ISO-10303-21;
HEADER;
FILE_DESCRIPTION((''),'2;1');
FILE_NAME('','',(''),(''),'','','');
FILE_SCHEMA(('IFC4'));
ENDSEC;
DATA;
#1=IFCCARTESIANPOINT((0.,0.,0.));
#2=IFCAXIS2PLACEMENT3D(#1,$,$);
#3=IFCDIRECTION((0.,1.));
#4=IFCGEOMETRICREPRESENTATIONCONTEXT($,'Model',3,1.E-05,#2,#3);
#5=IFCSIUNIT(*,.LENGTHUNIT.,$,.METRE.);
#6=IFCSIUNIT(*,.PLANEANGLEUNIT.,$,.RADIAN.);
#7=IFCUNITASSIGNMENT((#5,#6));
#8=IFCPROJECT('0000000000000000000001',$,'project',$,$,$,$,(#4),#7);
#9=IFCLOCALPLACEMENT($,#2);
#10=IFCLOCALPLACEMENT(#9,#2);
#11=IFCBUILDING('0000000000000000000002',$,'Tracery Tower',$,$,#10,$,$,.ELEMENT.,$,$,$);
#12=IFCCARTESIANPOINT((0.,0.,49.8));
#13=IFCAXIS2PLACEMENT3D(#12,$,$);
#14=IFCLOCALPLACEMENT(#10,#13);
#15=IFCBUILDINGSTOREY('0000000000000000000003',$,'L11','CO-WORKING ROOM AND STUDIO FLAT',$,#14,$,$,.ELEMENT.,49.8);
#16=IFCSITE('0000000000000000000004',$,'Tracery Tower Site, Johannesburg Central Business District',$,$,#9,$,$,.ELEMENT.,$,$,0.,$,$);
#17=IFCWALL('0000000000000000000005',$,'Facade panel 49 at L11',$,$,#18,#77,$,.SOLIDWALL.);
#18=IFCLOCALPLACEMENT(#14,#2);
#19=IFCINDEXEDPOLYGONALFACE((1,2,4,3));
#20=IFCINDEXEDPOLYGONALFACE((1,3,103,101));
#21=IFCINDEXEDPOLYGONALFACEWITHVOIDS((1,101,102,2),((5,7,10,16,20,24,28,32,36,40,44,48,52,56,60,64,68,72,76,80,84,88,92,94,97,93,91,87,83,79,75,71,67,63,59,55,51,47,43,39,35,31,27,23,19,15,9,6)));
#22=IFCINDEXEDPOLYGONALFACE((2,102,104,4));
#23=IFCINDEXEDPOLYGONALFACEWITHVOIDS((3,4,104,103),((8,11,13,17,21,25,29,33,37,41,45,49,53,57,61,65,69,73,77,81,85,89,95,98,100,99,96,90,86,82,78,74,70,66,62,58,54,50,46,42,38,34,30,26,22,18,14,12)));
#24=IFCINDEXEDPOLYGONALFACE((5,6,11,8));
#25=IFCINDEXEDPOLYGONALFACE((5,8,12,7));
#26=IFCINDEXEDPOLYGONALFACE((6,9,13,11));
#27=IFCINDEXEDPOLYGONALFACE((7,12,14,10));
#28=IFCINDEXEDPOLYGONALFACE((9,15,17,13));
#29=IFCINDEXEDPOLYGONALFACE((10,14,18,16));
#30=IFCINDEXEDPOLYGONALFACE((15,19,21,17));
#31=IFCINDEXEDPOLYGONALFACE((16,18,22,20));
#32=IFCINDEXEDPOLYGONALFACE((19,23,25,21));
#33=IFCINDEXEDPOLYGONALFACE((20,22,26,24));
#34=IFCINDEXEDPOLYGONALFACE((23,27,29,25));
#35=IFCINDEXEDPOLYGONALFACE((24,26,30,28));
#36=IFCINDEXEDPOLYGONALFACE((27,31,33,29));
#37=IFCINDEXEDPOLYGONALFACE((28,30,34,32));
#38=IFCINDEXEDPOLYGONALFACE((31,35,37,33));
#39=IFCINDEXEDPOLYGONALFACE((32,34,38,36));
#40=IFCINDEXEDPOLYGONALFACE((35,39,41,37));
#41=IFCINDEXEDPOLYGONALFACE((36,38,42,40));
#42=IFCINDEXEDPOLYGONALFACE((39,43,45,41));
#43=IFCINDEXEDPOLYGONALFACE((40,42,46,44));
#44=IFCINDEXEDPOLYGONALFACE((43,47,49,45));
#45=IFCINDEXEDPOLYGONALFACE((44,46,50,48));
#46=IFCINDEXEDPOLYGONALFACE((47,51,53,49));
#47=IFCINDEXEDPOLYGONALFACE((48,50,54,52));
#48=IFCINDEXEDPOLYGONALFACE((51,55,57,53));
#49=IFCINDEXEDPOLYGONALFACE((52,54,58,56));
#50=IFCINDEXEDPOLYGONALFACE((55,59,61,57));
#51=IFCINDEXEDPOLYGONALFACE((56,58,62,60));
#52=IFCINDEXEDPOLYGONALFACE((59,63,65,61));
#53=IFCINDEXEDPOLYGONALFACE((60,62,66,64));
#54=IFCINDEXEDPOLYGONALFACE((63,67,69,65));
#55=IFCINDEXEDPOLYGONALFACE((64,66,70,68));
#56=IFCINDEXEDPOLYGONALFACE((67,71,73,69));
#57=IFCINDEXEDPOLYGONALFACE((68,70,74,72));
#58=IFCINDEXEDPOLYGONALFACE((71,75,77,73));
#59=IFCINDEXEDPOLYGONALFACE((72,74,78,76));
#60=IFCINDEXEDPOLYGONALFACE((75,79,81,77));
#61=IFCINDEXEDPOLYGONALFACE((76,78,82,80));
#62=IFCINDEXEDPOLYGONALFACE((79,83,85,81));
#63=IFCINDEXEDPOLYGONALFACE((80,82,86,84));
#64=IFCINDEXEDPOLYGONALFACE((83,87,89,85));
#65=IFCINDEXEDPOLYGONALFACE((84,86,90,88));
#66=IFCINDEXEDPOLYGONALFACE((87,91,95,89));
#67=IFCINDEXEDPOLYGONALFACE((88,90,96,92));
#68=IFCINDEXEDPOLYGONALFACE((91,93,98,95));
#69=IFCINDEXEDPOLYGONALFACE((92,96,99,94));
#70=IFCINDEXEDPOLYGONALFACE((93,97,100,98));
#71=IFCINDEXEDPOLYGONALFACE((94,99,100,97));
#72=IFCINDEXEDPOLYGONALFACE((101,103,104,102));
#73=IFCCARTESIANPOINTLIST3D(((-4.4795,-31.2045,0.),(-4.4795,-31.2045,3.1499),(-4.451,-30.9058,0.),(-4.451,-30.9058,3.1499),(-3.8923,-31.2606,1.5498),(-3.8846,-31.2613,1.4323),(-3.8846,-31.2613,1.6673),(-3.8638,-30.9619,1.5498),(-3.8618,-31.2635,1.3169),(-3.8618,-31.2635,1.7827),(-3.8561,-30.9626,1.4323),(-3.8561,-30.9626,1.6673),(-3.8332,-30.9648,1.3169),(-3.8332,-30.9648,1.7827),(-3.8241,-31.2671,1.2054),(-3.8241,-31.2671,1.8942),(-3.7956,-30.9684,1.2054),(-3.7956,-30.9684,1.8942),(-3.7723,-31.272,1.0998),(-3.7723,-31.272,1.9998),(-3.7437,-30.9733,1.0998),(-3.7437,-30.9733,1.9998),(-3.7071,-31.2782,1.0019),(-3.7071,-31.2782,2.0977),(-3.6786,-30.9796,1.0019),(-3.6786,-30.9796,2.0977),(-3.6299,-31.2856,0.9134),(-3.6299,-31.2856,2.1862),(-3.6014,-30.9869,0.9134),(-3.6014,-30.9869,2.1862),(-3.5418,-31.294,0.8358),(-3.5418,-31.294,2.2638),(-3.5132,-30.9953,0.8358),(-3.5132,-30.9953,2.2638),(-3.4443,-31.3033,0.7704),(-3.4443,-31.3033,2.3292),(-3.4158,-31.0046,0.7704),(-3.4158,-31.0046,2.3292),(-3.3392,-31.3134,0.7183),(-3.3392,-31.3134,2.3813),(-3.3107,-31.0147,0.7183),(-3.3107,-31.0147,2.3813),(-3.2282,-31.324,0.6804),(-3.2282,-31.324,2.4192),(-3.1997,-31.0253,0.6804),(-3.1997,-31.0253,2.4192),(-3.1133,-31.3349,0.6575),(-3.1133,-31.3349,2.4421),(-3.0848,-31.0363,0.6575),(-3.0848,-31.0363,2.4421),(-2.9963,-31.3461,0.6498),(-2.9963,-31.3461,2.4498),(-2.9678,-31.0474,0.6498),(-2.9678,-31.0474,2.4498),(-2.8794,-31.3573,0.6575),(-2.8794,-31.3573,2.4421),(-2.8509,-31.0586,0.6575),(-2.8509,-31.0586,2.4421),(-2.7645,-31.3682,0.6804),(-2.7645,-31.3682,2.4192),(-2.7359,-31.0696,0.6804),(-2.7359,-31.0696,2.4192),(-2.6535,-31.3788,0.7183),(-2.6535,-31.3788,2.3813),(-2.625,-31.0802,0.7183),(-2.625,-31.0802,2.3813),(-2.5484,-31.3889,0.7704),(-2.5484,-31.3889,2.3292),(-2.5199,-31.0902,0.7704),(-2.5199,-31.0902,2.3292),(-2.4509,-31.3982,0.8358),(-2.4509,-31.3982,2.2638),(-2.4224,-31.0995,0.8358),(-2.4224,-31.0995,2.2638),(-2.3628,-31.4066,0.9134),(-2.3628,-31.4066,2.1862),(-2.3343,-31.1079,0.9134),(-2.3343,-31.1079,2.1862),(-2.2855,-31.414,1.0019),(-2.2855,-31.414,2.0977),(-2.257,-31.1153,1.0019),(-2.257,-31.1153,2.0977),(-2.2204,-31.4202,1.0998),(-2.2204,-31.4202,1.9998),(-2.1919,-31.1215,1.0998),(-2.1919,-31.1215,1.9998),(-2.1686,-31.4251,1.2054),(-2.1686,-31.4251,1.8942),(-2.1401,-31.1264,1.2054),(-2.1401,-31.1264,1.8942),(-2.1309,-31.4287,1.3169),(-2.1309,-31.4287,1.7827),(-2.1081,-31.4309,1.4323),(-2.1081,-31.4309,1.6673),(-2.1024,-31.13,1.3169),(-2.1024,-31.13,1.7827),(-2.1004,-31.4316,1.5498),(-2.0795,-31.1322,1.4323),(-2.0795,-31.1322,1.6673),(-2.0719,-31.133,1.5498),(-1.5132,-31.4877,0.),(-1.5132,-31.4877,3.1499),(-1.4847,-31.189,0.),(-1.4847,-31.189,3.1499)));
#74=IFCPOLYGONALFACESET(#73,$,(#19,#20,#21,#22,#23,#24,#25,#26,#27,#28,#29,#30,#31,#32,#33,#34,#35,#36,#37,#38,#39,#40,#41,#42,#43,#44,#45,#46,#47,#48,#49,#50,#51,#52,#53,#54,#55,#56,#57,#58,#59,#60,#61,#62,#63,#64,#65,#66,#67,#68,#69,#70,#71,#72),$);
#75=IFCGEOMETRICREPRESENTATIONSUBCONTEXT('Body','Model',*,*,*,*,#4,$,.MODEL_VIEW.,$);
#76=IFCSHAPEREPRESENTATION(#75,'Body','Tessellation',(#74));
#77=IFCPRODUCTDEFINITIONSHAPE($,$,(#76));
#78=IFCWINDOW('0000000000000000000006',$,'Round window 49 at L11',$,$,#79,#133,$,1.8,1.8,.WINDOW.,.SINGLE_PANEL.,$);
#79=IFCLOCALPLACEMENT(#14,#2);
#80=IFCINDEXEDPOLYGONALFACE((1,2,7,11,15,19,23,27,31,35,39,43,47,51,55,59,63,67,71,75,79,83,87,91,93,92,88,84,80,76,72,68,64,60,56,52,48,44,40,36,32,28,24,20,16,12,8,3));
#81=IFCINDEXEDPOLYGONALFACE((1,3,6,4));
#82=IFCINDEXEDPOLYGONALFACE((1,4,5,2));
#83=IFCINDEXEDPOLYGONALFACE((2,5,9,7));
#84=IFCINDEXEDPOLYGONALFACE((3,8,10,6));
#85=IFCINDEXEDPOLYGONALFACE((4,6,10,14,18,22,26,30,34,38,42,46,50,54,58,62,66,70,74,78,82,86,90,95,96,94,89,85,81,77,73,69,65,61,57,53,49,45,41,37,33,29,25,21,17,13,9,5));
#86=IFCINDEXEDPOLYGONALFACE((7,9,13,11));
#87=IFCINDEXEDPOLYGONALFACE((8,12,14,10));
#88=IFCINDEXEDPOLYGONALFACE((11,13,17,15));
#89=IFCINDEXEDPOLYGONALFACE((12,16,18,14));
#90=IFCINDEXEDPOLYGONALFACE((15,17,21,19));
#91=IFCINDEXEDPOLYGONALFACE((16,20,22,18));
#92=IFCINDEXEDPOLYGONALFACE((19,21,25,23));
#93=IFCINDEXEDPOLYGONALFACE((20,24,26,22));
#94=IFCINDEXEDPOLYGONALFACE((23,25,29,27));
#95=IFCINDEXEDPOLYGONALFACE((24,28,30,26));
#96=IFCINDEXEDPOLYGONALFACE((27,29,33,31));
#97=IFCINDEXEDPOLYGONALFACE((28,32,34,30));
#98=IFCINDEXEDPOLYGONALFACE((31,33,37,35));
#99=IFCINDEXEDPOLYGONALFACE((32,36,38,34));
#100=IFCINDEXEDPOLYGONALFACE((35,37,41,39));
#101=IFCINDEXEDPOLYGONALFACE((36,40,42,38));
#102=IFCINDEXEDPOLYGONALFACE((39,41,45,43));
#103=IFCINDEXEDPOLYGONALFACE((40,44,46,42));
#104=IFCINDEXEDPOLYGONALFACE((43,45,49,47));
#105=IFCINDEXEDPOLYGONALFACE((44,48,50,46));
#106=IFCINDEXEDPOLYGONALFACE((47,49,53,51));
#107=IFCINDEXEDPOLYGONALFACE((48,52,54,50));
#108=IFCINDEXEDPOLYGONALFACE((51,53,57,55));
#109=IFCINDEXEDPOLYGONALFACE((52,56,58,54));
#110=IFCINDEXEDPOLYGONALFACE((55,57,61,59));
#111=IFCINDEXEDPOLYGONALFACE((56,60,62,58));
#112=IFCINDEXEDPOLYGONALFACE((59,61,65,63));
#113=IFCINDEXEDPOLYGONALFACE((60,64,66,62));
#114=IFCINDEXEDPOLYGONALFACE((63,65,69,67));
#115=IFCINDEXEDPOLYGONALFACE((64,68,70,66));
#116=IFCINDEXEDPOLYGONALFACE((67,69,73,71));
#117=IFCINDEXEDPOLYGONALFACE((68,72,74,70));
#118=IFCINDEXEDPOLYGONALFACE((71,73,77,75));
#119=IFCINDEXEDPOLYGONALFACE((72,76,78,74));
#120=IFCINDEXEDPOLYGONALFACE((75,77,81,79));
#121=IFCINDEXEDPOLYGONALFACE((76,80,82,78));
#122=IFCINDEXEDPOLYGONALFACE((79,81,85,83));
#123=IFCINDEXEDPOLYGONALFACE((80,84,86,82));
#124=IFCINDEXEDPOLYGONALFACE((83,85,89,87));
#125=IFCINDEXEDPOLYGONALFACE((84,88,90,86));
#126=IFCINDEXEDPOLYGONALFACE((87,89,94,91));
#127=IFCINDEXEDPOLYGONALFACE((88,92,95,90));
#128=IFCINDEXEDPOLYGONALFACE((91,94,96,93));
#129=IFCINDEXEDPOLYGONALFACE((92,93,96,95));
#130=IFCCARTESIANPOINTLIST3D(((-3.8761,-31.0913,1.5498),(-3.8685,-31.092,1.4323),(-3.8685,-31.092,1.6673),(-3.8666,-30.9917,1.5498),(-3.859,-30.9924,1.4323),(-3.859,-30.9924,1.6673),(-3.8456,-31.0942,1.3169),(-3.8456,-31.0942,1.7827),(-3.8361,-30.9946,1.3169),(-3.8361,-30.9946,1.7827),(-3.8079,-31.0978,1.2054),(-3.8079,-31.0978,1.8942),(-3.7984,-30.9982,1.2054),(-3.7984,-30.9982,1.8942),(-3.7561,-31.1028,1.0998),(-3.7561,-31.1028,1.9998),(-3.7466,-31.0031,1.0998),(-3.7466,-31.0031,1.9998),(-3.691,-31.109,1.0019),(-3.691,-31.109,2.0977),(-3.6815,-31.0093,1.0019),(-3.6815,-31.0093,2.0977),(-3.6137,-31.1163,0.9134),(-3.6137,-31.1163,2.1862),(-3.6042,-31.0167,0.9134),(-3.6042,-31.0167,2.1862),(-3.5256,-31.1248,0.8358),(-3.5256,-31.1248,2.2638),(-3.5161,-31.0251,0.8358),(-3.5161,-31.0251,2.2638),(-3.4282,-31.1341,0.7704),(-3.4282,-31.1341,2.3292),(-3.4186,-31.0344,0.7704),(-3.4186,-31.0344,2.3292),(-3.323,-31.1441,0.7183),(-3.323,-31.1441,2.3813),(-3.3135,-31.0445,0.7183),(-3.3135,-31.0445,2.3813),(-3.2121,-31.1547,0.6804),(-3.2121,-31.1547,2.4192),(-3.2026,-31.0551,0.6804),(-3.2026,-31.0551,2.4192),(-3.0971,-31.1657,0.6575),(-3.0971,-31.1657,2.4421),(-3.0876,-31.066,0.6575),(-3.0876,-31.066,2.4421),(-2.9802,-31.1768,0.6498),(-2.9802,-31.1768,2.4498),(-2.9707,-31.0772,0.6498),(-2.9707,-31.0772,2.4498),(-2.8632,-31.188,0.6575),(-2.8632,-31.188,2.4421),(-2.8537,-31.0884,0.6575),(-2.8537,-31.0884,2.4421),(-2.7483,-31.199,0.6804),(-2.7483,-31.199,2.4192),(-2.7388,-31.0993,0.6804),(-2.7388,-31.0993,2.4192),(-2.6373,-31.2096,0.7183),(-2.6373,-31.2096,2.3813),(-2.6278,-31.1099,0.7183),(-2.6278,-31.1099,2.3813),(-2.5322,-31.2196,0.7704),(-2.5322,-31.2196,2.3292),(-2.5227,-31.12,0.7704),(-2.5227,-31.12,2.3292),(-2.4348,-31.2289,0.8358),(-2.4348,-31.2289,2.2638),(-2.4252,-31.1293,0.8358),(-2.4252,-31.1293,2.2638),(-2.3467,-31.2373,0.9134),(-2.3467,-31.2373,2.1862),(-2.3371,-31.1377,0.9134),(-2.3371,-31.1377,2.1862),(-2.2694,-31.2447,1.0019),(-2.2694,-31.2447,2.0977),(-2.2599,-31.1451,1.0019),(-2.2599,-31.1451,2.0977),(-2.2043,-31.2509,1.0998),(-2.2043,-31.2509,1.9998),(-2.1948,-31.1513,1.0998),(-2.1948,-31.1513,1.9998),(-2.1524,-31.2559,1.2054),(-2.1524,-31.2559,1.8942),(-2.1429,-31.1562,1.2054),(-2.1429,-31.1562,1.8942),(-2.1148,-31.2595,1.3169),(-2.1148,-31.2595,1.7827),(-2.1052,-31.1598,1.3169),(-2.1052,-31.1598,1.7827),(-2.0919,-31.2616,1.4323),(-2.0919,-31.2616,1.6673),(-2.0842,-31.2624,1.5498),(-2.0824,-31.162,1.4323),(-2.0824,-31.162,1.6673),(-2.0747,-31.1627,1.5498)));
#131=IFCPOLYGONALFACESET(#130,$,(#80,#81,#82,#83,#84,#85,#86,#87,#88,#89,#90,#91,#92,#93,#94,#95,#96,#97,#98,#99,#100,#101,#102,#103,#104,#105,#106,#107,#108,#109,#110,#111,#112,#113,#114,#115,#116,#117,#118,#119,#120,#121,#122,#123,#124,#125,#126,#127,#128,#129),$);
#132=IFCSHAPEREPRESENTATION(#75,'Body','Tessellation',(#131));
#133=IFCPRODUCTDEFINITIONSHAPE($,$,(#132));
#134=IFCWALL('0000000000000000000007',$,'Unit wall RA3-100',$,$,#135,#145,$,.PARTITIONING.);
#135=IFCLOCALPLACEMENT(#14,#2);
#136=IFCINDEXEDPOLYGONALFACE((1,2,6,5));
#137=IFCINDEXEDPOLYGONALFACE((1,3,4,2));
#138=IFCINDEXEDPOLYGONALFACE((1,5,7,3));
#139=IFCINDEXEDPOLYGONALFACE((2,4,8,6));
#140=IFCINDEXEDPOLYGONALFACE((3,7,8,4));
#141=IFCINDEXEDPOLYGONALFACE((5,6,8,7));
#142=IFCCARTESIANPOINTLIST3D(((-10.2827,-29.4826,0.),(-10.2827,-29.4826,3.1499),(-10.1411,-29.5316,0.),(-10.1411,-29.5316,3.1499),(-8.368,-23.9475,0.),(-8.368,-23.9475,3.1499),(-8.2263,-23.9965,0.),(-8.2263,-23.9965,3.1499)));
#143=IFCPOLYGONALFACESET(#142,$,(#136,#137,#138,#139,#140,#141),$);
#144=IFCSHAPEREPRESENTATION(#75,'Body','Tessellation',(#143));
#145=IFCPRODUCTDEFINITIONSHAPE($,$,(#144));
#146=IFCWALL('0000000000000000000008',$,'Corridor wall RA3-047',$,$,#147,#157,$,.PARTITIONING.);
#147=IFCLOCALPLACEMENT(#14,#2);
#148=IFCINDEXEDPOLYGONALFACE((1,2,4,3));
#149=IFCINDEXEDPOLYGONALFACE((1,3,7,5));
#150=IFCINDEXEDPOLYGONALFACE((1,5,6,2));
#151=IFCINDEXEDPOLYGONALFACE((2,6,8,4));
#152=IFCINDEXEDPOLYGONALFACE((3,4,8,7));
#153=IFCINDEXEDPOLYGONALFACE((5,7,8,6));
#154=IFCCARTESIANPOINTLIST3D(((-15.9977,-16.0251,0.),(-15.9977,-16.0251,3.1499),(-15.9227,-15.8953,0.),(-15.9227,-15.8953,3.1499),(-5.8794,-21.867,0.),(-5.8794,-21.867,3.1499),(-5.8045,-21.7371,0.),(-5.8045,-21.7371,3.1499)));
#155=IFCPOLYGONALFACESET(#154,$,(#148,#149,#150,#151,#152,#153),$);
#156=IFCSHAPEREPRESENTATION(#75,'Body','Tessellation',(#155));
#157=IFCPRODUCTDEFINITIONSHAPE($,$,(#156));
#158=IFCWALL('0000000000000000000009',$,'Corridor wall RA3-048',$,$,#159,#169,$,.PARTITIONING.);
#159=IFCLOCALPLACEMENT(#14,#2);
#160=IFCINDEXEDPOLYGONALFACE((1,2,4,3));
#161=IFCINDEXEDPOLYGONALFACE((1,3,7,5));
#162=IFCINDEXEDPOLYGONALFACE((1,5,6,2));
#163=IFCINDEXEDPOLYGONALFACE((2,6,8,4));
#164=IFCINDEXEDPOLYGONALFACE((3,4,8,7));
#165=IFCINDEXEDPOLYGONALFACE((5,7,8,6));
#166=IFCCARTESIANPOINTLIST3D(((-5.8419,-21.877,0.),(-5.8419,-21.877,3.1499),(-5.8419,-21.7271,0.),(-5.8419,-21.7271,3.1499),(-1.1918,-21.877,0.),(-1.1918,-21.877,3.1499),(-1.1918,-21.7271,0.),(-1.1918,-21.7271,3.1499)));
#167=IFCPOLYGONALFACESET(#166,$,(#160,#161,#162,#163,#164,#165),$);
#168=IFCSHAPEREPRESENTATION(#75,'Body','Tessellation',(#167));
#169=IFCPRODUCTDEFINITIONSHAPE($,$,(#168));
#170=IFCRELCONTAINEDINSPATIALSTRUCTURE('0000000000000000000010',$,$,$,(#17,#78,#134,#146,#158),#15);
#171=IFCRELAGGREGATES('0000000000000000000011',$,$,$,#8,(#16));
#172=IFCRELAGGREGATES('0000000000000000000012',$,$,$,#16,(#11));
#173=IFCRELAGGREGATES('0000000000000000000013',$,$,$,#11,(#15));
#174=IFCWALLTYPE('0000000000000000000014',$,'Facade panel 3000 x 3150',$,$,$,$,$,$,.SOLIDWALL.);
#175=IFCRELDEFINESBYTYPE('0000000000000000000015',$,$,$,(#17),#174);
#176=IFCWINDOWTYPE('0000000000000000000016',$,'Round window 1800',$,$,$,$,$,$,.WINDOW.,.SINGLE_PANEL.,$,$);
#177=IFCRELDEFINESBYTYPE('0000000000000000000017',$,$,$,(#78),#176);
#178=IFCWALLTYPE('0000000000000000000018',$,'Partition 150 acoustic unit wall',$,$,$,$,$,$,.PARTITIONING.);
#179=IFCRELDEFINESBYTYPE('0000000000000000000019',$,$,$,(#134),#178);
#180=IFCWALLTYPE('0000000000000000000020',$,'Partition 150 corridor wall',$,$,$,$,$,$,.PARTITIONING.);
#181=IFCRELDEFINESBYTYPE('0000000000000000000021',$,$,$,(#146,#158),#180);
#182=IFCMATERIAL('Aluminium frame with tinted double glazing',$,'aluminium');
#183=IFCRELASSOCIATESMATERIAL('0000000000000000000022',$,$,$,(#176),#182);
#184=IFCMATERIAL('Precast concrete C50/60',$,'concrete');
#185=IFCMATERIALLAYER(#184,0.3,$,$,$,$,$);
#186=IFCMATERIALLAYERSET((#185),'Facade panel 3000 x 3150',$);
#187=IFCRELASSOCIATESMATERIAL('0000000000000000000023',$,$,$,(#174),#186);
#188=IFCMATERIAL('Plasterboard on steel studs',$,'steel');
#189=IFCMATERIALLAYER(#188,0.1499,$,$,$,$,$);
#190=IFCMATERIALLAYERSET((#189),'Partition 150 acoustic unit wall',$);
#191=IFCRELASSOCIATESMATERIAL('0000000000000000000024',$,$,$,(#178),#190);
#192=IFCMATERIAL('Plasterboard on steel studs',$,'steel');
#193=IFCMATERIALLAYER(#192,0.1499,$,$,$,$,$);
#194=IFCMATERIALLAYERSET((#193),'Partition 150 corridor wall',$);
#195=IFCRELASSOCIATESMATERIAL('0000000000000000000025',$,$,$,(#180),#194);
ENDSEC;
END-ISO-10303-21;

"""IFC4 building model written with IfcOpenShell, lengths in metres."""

from ifc_helpers import new_model, si_unit, direction, frame, frame_2d, origin, origin_2d, place, context, subcontext, project, spatial, rectangle, circle, extrude, material, layer, layer_set, type_object, element, fill, save


model = new_model("IFC4")

# Units and contexts
model_context = context("Model", 3, precision=1e-05, world=origin(), true_north=direction((0.0, 1.0)))
body_context = subcontext(model_context, "Body", "Model", "MODEL_VIEW")
ifc_project = project(units=[si_unit("LENGTHUNIT", "METRE"), si_unit("PLANEANGLEUNIT", "RADIAN")], contexts=[model_context])

# Site, building, storey
site_placement = place(None, origin())
site = spatial("IfcSite", under=ifc_project, at=site_placement, Name="Tracery Tower Site, Johannesburg Central Business District", CompositionType="ELEMENT", RefElevation=0.0)
building_placement = place(site_placement, origin())
building = spatial("IfcBuilding", under=site, at=building_placement, Name="Tracery Tower", CompositionType="ELEMENT")
storey_placement = place(building_placement, frame((0.0, 0.0, 49.8)))
storey = spatial("IfcBuildingStorey", under=building, at=storey_placement, Name="L11", Description="CO-WORKING ROOM AND STUDIO FLAT", CompositionType="ELEMENT", Elevation=49.8)

# Wall, opening, window
ifc_material_1 = material(Name="Aluminium frame with tinted double glazing", Category="aluminium")
window_type = type_object("IfcWindowType", Name="Round window 1800", PartitioningType="SINGLE_PANEL", PredefinedType="WINDOW", material=ifc_material_1)
ifc_material_2 = material(Name="Precast concrete C50/60", Category="concrete")
ifc_layer_1 = layer(ifc_material_2, 0.3)
ifc_layer_set_1 = layer_set([ifc_layer_1], Name="Facade panel 3000 x 3150")
wall_type_1 = type_object("IfcWallType", Name="Facade panel 3000 x 3150", PredefinedType="SOLIDWALL", material=ifc_layer_set_1)
wall_1_placement = place(storey_placement, frame((-4.4651, -31.0552, 0.0), z_axis=(0.0, 0.0, 1.0), x_axis=(0.995473, -0.095041, 0.0)))
wall_1 = element("IfcWall", 1, at=wall_1_placement, inside=storey, type_object=wall_type_1, Name="Facade panel 49 at L11", PredefinedType="SOLIDWALL", context=body_context, shape_type="SweptSolid", body=[
    extrude(rectangle(XDim=2.9797, YDim=0.3, at=frame_2d((1.4897, 0.0))), origin(), (0.0, 0.0, 1.0), 3.1499),
])
opening_1_placement = place(wall_1_placement, frame((1.4897, 0.0, 1.5498)))
opening_1 = element("IfcOpeningElement", 2, at=opening_1_placement, cuts=wall_1, PredefinedType="OPENING", context=body_context, shape_type="SweptSolid", body=[
    extrude(circle(Radius=0.9, at=origin_2d()), frame((0.0, 0.1599, 0.0), z_axis=(0.0, -1.0, 0.0), x_axis=(1.0, 0.0, 0.0)), (0.0, 0.0, 1.0), 0.3201),
])
window_1_placement = place(opening_1_placement, origin())
window_1 = element("IfcWindow", 3, at=window_1_placement, inside=storey, type_object=window_type, Name="Round window 49 at L11", OverallHeight=1.8, OverallWidth=1.8, PartitioningType="SINGLE_PANEL", PredefinedType="WINDOW", context=body_context, shape_type="SweptSolid", body=[
    extrude(circle(Radius=0.9, at=origin_2d()), frame((0.0, 0.1201, 0.0), z_axis=(0.0, -1.0, 0.0), x_axis=(1.0, 0.0, 0.0)), (0.0, 0.0, 1.0), 0.1001),
])
fill(opening_1, window_1)

# Walls
ifc_material_3 = material(Name="Plasterboard on steel studs", Category="steel")
ifc_layer_2 = layer(ifc_material_3, 0.1499)
ifc_layer_set_2 = layer_set([ifc_layer_2], Name="Partition 150 acoustic unit wall")
wall_type_2 = type_object("IfcWallType", Name="Partition 150 acoustic unit wall", PredefinedType="PARTITIONING", material=ifc_layer_set_2)
wall_2_placement = place(storey_placement, frame((-10.2119, -29.5071, 0.0), z_axis=(0.0, 0.0, 1.0), x_axis=(0.326924, 0.94505, 0.0)))
element("IfcWall", 4, at=wall_2_placement, inside=storey, type_object=wall_type_2, Name="Unit wall RA3-100", PredefinedType="PARTITIONING", context=body_context, shape_type="SweptSolid", body=[
    extrude(rectangle(XDim=5.8569, YDim=0.1499, at=frame_2d((2.9285, 0.0))), origin(), (0.0, 0.0, 1.0), 3.1499),
])
ifc_material_4 = material(Name="Plasterboard on steel studs", Category="steel")
ifc_layer_3 = layer(ifc_material_4, 0.1499)
ifc_layer_set_3 = layer_set([ifc_layer_3], Name="Partition 150 corridor wall")
wall_type_3 = type_object("IfcWallType", Name="Partition 150 corridor wall", PredefinedType="PARTITIONING", material=ifc_layer_set_3)
wall_3_placement = place(storey_placement, frame((-15.9602, -15.9602, 0.0), z_axis=(0.0, 0.0, 1.0), x_axis=(0.866023, -0.500005, 0.0)))
element("IfcWall", 5, at=wall_3_placement, inside=storey, type_object=wall_type_3, Name="Corridor wall RA3-047", PredefinedType="PARTITIONING", context=body_context, shape_type="SweptSolid", body=[
    extrude(rectangle(XDim=11.6836, YDim=0.1499, at=frame_2d((5.8418, 0.0))), origin(), (0.0, 0.0, 1.0), 3.1499),
])
wall_4_placement = place(storey_placement, frame((-5.842, -21.802, 0.0), z_axis=(0.0, 0.0, 1.0), x_axis=(1.0, 0.0, 0.0)))
element("IfcWall", 6, at=wall_4_placement, inside=storey, type_object=wall_type_3, Name="Corridor wall RA3-048", PredefinedType="PARTITIONING", context=body_context, shape_type="SweptSolid", body=[
    extrude(rectangle(XDim=4.6501, YDim=0.1499, at=frame_2d((2.3252, 0.0))), origin(), (0.0, 0.0, 1.0), 3.1499),
])

save(model, "model.ifc")
